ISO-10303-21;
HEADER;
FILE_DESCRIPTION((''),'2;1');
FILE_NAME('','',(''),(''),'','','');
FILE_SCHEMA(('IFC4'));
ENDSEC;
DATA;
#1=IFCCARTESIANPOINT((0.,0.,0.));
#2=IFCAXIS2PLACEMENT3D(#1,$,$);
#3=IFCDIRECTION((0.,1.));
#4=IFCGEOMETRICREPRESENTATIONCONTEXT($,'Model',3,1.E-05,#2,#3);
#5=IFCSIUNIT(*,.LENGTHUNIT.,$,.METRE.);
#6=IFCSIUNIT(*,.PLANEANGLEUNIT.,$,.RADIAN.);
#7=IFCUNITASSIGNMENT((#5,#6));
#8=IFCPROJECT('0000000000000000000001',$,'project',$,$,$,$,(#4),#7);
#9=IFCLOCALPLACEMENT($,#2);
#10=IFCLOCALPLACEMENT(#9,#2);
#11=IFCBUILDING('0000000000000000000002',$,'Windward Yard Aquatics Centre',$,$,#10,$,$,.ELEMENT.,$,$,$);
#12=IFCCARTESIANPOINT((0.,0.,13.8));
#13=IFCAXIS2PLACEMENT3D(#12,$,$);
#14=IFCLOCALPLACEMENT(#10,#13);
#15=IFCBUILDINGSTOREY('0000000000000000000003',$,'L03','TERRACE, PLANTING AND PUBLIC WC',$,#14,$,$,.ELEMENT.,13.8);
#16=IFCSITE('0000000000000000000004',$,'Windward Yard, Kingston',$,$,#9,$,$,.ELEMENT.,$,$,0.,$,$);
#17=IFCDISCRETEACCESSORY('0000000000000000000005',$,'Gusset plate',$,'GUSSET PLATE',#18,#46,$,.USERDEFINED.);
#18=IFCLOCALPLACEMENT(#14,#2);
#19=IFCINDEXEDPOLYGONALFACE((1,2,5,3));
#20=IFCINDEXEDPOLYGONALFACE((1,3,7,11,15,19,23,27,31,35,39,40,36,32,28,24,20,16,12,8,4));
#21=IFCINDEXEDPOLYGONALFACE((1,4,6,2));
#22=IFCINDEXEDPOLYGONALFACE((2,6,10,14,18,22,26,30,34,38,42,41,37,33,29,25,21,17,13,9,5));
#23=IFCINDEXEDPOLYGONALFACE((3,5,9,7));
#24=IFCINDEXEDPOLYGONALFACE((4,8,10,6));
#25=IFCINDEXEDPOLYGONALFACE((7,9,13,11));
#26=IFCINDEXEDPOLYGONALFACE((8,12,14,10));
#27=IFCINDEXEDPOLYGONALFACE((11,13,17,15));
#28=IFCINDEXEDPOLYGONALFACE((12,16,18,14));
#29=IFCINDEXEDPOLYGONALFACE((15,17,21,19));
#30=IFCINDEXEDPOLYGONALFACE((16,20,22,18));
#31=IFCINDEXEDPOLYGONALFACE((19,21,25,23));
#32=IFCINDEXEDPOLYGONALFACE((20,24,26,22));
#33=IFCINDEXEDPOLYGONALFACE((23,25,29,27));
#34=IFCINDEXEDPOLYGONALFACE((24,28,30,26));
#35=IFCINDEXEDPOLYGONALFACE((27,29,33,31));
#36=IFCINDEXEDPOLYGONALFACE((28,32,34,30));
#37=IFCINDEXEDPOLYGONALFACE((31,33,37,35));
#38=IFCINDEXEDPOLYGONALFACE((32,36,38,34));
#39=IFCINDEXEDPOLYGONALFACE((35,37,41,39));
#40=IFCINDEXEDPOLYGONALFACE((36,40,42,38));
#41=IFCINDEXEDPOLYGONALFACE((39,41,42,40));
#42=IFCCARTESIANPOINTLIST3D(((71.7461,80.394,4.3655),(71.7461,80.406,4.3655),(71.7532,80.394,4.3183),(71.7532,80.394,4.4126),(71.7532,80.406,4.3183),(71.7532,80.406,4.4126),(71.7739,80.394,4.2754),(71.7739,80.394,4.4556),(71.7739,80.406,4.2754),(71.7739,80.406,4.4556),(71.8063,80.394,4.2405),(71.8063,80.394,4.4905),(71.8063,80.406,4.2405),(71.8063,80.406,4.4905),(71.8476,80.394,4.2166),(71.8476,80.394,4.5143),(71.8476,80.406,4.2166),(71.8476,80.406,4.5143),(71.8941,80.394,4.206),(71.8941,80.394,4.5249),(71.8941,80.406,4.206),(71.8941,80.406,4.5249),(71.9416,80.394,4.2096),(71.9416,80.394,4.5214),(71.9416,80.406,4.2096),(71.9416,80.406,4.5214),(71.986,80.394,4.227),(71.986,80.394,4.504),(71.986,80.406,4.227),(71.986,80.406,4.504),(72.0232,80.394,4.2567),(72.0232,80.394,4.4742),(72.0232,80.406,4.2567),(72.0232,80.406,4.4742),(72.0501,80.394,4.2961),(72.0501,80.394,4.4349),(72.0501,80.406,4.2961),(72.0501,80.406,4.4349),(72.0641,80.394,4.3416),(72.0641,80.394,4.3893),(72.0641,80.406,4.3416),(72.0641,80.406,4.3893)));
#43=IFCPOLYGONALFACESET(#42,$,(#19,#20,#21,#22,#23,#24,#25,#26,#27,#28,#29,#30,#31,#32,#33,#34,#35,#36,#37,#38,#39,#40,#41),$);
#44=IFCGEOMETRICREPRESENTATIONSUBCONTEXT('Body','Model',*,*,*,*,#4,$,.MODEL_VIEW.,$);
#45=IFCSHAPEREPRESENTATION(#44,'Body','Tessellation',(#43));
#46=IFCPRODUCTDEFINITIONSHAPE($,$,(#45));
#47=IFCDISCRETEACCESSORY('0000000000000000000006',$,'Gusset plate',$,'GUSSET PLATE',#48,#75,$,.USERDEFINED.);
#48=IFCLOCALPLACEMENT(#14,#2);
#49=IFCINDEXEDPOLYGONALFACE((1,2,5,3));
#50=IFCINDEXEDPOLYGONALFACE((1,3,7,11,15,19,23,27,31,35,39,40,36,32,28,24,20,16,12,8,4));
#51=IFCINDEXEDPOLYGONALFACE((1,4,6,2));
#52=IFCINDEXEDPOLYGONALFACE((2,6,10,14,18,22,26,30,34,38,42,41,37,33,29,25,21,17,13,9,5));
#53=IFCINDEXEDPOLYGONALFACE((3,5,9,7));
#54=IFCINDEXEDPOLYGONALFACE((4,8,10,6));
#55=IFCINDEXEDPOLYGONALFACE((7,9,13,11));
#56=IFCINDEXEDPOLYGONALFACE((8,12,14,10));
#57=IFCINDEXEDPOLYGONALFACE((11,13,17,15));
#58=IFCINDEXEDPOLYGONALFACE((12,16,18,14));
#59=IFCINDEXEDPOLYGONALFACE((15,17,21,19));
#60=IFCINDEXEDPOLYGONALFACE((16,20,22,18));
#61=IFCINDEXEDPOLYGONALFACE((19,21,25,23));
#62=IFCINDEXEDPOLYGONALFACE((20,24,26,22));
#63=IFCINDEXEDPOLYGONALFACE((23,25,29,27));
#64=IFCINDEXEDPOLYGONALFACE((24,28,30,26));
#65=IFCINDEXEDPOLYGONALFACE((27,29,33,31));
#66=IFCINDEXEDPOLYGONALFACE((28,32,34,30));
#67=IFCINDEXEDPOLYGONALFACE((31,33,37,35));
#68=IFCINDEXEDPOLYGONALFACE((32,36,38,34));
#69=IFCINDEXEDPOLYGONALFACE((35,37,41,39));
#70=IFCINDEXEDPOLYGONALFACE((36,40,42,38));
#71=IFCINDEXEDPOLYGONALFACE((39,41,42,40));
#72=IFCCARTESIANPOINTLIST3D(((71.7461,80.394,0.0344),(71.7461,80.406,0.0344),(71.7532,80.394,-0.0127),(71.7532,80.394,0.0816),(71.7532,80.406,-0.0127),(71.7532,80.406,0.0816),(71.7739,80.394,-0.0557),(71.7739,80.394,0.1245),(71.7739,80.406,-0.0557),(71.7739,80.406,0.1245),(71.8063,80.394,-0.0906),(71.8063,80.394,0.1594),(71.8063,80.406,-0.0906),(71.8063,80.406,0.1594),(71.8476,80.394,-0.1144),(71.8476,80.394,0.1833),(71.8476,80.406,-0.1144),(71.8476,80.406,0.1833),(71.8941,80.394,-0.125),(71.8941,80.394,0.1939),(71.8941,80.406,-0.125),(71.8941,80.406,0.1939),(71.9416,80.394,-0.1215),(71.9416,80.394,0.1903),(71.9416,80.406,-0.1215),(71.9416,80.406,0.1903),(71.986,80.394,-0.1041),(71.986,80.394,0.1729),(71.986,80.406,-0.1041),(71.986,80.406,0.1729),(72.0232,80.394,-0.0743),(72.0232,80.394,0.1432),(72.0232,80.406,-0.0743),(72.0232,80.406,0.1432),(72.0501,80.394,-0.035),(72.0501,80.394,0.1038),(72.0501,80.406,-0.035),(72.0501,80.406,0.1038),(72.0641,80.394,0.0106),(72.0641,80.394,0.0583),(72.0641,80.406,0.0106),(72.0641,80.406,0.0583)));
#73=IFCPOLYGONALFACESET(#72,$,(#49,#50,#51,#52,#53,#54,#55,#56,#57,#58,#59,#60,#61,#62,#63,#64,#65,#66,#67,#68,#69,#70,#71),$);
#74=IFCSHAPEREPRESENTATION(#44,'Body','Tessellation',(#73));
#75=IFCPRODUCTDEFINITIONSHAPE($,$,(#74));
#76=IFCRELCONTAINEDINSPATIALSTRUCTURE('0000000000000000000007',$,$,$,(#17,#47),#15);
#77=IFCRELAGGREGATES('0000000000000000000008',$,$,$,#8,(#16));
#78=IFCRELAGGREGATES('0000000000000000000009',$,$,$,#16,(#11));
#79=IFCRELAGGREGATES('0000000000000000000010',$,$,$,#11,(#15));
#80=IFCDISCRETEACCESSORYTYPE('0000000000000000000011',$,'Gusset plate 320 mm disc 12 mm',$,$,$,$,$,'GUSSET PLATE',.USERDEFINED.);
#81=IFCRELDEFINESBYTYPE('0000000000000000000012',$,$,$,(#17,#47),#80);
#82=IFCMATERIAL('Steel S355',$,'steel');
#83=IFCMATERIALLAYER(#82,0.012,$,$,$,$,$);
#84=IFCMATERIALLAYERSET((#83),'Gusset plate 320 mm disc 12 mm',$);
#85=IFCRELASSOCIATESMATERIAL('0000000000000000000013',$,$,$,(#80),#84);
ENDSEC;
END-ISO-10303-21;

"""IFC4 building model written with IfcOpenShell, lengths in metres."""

from ifc_helpers import new_model, si_unit, direction, frame, origin, origin_2d, place, context, subcontext, project, spatial, circle, extrude, material, layer, layer_set, type_object, element, save


model = new_model("IFC4")

# Units and contexts
model_context = context("Model", 3, precision=1e-05, world=origin(), true_north=direction((0.0, 1.0)))
body_context = subcontext(model_context, "Body", "Model", "MODEL_VIEW")
ifc_project = project(units=[si_unit("LENGTHUNIT", "METRE"), si_unit("PLANEANGLEUNIT", "RADIAN")], contexts=[model_context])

# Site, building, storey
site_placement = place(None, origin())
site = spatial("IfcSite", under=ifc_project, at=site_placement, Name="Windward Yard, Kingston", CompositionType="ELEMENT", RefElevation=0.0)
building_placement = place(site_placement, origin())
building = spatial("IfcBuilding", under=site, at=building_placement, Name="Windward Yard Aquatics Centre", CompositionType="ELEMENT")
storey_placement = place(building_placement, frame((0.0, 0.0, 13.8)))
storey = spatial("IfcBuildingStorey", under=building, at=storey_placement, Name="L03", Description="TERRACE, PLANTING AND PUBLIC WC", CompositionType="ELEMENT", Elevation=13.8)

# Discrete accessories
ifc_material_1 = material(Name="Steel S355", Category="steel")
ifc_layer_1 = layer(ifc_material_1, 0.012)
ifc_layer_set_1 = layer_set([ifc_layer_1], Name="Gusset plate 320 mm disc 12 mm")
discrete_accessory_type = type_object("IfcDiscreteAccessoryType", Name="Gusset plate 320 mm disc 12 mm", ElementType="GUSSET PLATE", PredefinedType="USERDEFINED", material=ifc_layer_set_1)
for number, where, z_axis, x_axis, name in (
    (1, (71.906, 80.394, 4.3655), (0.0, 1.0, 0.0), (-1.0, 0.0, 0.0), "Gusset plate"),
    (2, (71.906, 80.394, 0.0344), (0.0, 1.0, 0.0), (-1.0, 0.0, 0.0), "Gusset plate"),
):
    element("IfcDiscreteAccessory", number, at=place(storey_placement, frame(where, z_axis=z_axis, x_axis=x_axis)), inside=storey, type_object=discrete_accessory_type, Name=name, ObjectType="GUSSET PLATE", PredefinedType="USERDEFINED", context=body_context, shape_type="SweptSolid", body=[
        extrude(circle(Radius=0.1599, at=origin_2d()), origin(), (0.0, 0.0, 1.0), 0.012),
    ])

save(model, "model.ifc")
